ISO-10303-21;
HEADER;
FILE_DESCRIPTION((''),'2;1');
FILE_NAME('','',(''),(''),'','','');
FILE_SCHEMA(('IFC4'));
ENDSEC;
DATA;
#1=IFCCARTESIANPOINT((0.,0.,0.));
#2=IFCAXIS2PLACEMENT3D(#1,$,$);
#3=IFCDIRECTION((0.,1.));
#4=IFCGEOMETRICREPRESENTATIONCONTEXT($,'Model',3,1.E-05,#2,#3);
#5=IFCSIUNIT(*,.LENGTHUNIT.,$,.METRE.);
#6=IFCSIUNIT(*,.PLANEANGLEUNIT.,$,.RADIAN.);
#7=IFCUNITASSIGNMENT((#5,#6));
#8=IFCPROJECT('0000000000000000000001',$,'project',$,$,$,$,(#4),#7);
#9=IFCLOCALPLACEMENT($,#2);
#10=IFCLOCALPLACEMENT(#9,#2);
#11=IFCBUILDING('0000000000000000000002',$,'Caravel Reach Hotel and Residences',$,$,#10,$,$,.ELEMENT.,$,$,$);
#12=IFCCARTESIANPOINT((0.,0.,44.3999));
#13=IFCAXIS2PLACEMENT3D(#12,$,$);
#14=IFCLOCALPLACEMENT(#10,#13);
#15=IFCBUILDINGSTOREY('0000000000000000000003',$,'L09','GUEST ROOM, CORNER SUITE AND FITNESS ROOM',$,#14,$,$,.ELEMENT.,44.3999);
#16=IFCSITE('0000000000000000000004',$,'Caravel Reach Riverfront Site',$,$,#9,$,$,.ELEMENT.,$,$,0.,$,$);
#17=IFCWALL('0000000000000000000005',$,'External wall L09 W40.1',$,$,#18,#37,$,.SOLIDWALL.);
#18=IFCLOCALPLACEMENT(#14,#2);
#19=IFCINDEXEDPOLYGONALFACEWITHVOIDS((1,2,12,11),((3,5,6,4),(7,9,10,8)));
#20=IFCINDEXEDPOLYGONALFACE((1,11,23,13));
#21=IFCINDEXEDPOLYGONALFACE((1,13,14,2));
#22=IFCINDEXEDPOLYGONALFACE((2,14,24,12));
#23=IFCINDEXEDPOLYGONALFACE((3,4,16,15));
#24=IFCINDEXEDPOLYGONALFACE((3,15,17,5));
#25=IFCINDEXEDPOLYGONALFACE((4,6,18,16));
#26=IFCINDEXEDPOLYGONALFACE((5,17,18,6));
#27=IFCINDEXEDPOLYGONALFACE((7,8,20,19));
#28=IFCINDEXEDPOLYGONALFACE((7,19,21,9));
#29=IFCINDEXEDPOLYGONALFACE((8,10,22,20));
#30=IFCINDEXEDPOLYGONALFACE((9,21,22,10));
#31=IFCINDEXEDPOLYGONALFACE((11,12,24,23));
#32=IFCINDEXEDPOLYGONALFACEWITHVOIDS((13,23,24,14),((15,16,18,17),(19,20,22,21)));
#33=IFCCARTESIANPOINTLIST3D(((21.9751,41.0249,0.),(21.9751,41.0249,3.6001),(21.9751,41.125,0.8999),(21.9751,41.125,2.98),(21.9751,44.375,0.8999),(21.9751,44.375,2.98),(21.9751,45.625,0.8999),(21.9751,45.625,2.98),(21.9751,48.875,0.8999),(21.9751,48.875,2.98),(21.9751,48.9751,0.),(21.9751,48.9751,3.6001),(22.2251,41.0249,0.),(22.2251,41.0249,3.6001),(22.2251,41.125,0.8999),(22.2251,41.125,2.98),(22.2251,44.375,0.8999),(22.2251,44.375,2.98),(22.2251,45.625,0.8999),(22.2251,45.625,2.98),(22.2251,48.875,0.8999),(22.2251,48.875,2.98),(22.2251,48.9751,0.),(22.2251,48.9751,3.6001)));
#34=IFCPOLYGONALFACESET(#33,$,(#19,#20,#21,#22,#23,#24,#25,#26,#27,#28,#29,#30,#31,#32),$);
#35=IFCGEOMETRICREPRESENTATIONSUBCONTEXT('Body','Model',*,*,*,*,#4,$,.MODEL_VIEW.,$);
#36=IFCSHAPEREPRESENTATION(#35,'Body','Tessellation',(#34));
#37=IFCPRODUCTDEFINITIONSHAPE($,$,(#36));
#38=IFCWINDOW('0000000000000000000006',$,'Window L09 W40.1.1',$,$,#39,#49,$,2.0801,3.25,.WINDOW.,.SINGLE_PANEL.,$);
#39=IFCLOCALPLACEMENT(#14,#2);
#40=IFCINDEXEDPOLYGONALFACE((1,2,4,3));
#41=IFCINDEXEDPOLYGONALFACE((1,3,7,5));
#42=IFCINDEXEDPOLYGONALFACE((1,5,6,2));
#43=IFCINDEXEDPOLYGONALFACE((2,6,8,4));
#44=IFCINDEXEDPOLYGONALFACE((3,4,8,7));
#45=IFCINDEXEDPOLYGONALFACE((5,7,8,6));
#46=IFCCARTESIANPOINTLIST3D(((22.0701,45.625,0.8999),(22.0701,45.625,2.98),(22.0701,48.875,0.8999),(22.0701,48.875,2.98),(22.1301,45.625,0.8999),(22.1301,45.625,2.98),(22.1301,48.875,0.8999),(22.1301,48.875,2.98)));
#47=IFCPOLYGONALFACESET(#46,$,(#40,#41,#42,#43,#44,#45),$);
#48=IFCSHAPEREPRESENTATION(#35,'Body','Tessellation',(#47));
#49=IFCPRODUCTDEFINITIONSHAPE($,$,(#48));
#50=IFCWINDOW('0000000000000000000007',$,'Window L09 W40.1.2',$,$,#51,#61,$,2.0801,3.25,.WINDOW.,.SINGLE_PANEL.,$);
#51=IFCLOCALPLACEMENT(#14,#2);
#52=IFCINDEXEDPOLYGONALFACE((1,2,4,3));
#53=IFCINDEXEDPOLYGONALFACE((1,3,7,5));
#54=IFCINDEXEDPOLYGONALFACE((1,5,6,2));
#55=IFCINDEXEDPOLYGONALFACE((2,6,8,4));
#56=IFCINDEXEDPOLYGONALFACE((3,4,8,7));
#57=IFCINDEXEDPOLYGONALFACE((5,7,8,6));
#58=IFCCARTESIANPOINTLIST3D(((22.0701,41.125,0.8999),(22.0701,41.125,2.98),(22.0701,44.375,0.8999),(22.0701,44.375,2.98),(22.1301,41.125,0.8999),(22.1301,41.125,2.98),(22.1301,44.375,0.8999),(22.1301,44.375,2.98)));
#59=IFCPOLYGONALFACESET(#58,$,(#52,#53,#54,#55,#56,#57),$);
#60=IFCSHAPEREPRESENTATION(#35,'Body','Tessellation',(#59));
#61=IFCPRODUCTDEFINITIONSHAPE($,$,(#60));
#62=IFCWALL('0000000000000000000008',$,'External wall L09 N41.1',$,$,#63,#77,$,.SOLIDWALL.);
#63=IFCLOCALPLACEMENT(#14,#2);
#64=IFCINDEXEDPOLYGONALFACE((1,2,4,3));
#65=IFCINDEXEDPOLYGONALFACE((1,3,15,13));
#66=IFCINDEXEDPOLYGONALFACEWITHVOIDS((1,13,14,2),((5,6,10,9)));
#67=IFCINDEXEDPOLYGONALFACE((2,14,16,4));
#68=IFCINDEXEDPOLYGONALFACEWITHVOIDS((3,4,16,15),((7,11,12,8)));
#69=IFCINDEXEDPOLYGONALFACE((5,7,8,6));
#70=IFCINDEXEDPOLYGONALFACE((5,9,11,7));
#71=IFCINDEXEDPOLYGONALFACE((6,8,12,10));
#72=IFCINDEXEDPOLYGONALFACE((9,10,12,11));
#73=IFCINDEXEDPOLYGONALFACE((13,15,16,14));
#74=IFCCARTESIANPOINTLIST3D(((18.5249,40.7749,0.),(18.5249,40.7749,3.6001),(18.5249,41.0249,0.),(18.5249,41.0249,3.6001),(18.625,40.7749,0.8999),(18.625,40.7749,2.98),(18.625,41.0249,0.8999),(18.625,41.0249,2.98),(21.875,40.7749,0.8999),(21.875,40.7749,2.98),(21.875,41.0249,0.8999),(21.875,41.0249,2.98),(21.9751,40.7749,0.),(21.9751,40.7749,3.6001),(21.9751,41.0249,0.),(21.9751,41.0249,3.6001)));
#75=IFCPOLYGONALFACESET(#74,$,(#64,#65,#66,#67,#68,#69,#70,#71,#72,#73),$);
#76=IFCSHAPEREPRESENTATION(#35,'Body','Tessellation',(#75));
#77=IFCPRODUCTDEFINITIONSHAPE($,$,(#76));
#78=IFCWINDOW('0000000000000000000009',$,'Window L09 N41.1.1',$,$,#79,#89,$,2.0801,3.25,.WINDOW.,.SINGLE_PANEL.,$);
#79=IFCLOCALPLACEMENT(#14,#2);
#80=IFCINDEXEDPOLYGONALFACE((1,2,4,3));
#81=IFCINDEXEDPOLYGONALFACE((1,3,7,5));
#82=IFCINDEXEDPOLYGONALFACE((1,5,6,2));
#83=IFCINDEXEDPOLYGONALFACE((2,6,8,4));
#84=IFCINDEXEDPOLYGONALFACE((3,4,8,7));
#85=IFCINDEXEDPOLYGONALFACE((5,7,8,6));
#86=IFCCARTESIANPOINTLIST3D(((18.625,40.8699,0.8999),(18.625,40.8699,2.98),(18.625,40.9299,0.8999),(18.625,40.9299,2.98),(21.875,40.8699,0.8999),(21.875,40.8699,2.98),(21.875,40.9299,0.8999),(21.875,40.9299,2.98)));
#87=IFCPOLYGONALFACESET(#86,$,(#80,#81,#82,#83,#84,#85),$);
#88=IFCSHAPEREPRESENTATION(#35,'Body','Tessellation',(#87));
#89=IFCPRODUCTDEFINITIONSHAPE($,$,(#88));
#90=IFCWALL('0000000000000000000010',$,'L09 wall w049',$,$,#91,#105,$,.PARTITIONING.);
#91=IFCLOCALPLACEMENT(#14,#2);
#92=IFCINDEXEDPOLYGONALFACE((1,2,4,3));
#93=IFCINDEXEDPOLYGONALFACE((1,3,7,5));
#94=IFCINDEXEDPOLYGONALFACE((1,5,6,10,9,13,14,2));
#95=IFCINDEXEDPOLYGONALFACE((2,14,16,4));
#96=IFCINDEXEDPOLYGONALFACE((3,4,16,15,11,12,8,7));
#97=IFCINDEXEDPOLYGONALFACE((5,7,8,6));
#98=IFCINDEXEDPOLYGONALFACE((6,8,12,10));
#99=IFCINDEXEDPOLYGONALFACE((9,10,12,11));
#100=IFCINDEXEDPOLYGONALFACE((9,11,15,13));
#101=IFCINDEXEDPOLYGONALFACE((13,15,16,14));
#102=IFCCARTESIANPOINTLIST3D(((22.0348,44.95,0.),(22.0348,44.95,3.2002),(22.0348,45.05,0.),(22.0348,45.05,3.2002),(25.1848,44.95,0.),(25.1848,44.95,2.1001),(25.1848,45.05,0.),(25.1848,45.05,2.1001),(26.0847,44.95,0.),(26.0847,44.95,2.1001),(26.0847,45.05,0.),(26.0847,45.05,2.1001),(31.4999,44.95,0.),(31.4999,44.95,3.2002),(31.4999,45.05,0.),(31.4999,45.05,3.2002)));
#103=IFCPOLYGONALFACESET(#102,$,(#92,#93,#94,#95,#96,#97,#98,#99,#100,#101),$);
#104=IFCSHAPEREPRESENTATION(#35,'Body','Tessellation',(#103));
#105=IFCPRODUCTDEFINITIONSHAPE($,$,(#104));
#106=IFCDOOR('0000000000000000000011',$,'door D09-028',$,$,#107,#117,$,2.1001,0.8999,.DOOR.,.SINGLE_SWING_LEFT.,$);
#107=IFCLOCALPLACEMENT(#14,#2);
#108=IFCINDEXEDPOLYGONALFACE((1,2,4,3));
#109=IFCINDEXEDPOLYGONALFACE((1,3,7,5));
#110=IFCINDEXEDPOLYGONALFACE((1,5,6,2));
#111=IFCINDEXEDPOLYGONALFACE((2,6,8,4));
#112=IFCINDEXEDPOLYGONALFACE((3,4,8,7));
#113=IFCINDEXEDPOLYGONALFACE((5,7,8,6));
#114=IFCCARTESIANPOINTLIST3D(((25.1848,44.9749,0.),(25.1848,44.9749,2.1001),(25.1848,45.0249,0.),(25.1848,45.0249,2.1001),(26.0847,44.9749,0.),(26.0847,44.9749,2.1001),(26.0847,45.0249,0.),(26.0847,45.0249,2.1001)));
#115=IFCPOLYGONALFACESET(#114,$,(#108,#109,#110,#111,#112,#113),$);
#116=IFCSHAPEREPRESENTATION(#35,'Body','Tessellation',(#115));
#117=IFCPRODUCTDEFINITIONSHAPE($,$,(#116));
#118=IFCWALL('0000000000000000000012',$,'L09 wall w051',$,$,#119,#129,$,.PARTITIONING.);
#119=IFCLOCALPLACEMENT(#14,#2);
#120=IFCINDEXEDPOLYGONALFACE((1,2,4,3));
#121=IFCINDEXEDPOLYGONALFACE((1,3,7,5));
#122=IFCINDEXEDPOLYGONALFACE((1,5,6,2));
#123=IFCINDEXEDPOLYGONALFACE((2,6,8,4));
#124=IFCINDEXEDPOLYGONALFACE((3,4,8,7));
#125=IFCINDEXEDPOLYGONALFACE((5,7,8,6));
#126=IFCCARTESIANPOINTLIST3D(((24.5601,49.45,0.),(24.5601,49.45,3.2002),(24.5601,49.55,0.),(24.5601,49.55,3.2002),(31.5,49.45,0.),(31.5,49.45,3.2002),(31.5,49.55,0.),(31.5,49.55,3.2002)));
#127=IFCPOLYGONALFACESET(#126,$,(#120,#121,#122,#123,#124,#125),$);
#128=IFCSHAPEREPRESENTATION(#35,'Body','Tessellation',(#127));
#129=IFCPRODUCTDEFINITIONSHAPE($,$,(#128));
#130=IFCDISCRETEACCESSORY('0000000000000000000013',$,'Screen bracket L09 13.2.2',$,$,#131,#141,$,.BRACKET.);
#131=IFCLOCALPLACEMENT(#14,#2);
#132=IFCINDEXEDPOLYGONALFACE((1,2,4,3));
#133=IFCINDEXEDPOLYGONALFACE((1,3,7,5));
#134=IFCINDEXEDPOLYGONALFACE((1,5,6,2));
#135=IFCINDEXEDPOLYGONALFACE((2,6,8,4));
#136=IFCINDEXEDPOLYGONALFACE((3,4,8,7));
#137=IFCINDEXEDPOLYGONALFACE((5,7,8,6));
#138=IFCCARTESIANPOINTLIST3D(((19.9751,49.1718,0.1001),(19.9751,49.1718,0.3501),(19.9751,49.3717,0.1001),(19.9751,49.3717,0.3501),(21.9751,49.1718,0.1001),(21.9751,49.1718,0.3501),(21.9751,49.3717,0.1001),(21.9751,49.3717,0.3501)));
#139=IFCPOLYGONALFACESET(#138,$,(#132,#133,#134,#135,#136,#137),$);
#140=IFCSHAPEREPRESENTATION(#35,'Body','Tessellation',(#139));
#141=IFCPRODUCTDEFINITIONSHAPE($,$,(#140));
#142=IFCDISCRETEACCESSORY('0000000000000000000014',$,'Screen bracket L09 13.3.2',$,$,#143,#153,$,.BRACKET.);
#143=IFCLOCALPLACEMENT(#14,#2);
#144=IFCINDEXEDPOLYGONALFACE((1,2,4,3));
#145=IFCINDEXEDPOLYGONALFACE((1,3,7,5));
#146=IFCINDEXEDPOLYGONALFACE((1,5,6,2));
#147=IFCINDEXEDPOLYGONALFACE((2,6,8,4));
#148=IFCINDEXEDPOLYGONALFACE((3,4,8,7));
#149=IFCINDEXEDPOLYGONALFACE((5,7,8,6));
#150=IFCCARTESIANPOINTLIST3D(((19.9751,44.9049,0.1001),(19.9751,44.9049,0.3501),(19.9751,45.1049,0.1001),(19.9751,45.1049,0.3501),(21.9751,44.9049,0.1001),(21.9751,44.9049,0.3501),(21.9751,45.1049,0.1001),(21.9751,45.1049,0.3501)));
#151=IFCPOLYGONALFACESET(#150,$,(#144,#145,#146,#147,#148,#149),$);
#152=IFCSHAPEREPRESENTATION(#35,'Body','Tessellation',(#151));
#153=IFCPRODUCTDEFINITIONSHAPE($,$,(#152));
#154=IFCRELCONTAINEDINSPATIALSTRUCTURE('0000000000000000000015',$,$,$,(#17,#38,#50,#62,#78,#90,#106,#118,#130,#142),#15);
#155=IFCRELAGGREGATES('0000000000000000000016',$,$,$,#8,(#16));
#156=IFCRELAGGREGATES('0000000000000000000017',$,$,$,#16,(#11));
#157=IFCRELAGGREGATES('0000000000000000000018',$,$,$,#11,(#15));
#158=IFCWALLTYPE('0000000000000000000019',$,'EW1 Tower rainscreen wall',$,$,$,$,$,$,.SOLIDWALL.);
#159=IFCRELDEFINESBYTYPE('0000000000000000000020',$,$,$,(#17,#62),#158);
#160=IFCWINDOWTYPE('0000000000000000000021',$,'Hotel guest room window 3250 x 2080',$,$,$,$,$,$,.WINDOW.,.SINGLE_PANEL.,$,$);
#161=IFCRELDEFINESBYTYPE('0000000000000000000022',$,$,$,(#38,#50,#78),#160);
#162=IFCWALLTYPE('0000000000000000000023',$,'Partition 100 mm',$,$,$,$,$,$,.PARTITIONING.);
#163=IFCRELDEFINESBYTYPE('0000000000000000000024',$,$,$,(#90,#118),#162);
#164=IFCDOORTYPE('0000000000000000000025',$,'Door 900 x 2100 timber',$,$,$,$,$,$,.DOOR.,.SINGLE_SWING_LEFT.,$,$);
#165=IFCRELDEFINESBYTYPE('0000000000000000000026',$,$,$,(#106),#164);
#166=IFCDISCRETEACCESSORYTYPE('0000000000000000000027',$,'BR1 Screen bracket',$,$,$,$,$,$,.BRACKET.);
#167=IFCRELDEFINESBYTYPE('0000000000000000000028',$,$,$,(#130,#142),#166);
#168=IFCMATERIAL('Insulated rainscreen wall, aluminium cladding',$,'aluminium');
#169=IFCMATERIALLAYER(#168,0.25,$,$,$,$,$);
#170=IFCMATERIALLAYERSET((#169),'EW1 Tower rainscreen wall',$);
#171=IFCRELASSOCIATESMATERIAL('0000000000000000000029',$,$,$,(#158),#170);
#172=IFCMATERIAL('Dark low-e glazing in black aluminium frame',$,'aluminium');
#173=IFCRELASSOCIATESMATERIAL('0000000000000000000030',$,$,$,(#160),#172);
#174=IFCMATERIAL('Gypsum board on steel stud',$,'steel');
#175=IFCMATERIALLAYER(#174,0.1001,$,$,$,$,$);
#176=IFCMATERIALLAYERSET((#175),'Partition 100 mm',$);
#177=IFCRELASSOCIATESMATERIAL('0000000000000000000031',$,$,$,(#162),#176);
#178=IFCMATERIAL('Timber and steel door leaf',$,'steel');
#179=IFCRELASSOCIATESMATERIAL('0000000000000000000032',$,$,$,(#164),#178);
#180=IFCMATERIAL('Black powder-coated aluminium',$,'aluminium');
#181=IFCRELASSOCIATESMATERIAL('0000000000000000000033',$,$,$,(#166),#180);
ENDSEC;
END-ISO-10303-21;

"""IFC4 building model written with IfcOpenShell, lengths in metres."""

from ifc_helpers import new_model, si_unit, direction, frame, frame_2d, origin, origin_2d, place, context, subcontext, project, spatial, rectangle, extrude, material, layer, layer_set, type_object, element, fill, save


model = new_model("IFC4")

# Units and contexts
model_context = context("Model", 3, precision=1e-05, world=origin(), true_north=direction((0.0, 1.0)))
body_context = subcontext(model_context, "Body", "Model", "MODEL_VIEW")
ifc_project = project(units=[si_unit("LENGTHUNIT", "METRE"), si_unit("PLANEANGLEUNIT", "RADIAN")], contexts=[model_context])

# Site, building, storey
site_placement = place(None, origin())
site = spatial("IfcSite", under=ifc_project, at=site_placement, Name="Caravel Reach Riverfront Site", CompositionType="ELEMENT", RefElevation=0.0)
building_placement = place(site_placement, origin())
building = spatial("IfcBuilding", under=site, at=building_placement, Name="Caravel Reach Hotel and Residences", CompositionType="ELEMENT")
storey_placement = place(building_placement, frame((0.0, 0.0, 44.3999)))
storey = spatial("IfcBuildingStorey", under=building, at=storey_placement, Name="L09", Description="GUEST ROOM, CORNER SUITE AND FITNESS ROOM", CompositionType="ELEMENT", Elevation=44.3999)

# Wall, openings, windows
ifc_material_1 = material(Name="Insulated rainscreen wall, aluminium cladding", Category="aluminium")
ifc_layer_1 = layer(ifc_material_1, 0.25)
ifc_layer_set_1 = layer_set([ifc_layer_1], Name="EW1 Tower rainscreen wall")
wall_type_1 = type_object("IfcWallType", Name="EW1 Tower rainscreen wall", PredefinedType="SOLIDWALL", material=ifc_layer_set_1)
wall_1_placement = place(storey_placement, frame((22.1001, 48.9751, 0.0), z_axis=(0.0, 0.0, 1.0), x_axis=(0.0, -1.0, 0.0)))
wall_1 = element("IfcWall", 1, at=wall_1_placement, inside=storey, type_object=wall_type_1, Name="External wall L09 W40.1", PredefinedType="SOLIDWALL", context=body_context, shape_type="SweptSolid", body=[
    extrude(rectangle(XDim=7.9502, YDim=0.25, at=frame_2d((3.9751, 0.0))), origin(), (0.0, 0.0, 1.0), 3.6001),
])
opening_1_placement = place(wall_1_placement, frame((0.1001, 0.0, 0.8999)))
opening_1 = element("IfcOpeningElement", 2, at=opening_1_placement, cuts=wall_1, PredefinedType="OPENING", context=body_context, shape_type="SweptSolid", body=[
    extrude(rectangle(XDim=3.25, YDim=2.0801, at=frame_2d((1.625, 1.04))), frame((0.0, 0.135, 0.0), z_axis=(0.0, -1.0, 0.0), x_axis=(1.0, 0.0, 0.0)), (0.0, 0.0, 1.0), 0.27),
])
opening_2_placement = place(wall_1_placement, frame((4.6001, 0.0, 0.8999)))
opening_2 = element("IfcOpeningElement", 3, at=opening_2_placement, cuts=wall_1, PredefinedType="OPENING", context=body_context, shape_type="SweptSolid", body=[
    extrude(rectangle(XDim=3.25, YDim=2.0801, at=frame_2d((1.625, 1.04))), frame((0.0, 0.135, 0.0), z_axis=(0.0, -1.0, 0.0), x_axis=(1.0, 0.0, 0.0)), (0.0, 0.0, 1.0), 0.27),
])
ifc_material_2 = material(Name="Dark low-e glazing in black aluminium frame", Category="aluminium")
window_type = type_object("IfcWindowType", Name="Hotel guest room window 3250 x 2080", PartitioningType="SINGLE_PANEL", PredefinedType="WINDOW", material=ifc_material_2)
window_1_placement = place(opening_1_placement, origin())
window_1 = element("IfcWindow", 4, at=window_1_placement, inside=storey, type_object=window_type, Name="Window L09 W40.1.1", OverallHeight=2.0801, OverallWidth=3.25, PartitioningType="SINGLE_PANEL", PredefinedType="WINDOW", context=body_context, shape_type="SweptSolid", body=[
    extrude(rectangle(XDim=3.25, YDim=2.0801, at=frame_2d((1.625, 1.04))), frame((0.0, 0.03, 0.0), z_axis=(0.0, -1.0, 0.0), x_axis=(1.0, 0.0, 0.0)), (0.0, 0.0, 1.0), 0.0601),
])
fill(opening_1, window_1)
window_2_placement = place(opening_2_placement, origin())
window_2 = element("IfcWindow", 5, at=window_2_placement, inside=storey, type_object=window_type, Name="Window L09 W40.1.2", OverallHeight=2.0801, OverallWidth=3.25, PartitioningType="SINGLE_PANEL", PredefinedType="WINDOW", context=body_context, shape_type="SweptSolid", body=[
    extrude(rectangle(XDim=3.25, YDim=2.0801, at=frame_2d((1.625, 1.04))), frame((0.0, 0.03, 0.0), z_axis=(0.0, -1.0, 0.0), x_axis=(1.0, 0.0, 0.0)), (0.0, 0.0, 1.0), 0.0601),
])
fill(opening_2, window_2)

# Wall, opening, window
wall_2_placement = place(storey_placement, frame((21.9751, 40.8999, 0.0), z_axis=(0.0, 0.0, 1.0), x_axis=(-1.0, 0.0, 0.0)))
wall_2 = element("IfcWall", 6, at=wall_2_placement, inside=storey, type_object=wall_type_1, Name="External wall L09 N41.1", PredefinedType="SOLIDWALL", context=body_context, shape_type="SweptSolid", body=[
    extrude(rectangle(XDim=3.4502, YDim=0.25, at=frame_2d((1.7251, 0.0))), origin(), (0.0, 0.0, 1.0), 3.6001),
])
opening_3_placement = place(wall_2_placement, frame((0.1001, 0.0, 0.8999)))
opening_3 = element("IfcOpeningElement", 7, at=opening_3_placement, cuts=wall_2, PredefinedType="OPENING", context=body_context, shape_type="SweptSolid", body=[
    extrude(rectangle(XDim=3.25, YDim=2.0801, at=frame_2d((1.625, 1.04))), frame((0.0, 0.135, 0.0), z_axis=(0.0, -1.0, 0.0), x_axis=(1.0, 0.0, 0.0)), (0.0, 0.0, 1.0), 0.27),
])
window_3_placement = place(opening_3_placement, origin())
window_3 = element("IfcWindow", 8, at=window_3_placement, inside=storey, type_object=window_type, Name="Window L09 N41.1.1", OverallHeight=2.0801, OverallWidth=3.25, PartitioningType="SINGLE_PANEL", PredefinedType="WINDOW", context=body_context, shape_type="SweptSolid", body=[
    extrude(rectangle(XDim=3.25, YDim=2.0801, at=frame_2d((1.625, 1.04))), frame((0.0, 0.03, 0.0), z_axis=(0.0, -1.0, 0.0), x_axis=(1.0, 0.0, 0.0)), (0.0, 0.0, 1.0), 0.0601),
])
fill(opening_3, window_3)

# Wall, opening, door
ifc_material_3 = material(Name="Gypsum board on steel stud", Category="steel")
ifc_layer_2 = layer(ifc_material_3, 0.1001)
ifc_layer_set_2 = layer_set([ifc_layer_2], Name="Partition 100 mm")
wall_type_2 = type_object("IfcWallType", Name="Partition 100 mm", PredefinedType="PARTITIONING", material=ifc_layer_set_2)
wall_3_placement = place(storey_placement, frame((22.0349, 45.0, 0.0), z_axis=(0.0, 0.0, 1.0), x_axis=(1.0, 0.0, 0.0)))
wall_3 = element("IfcWall", 9, at=wall_3_placement, inside=storey, type_object=wall_type_2, Name="L09 wall w049", PredefinedType="PARTITIONING", context=body_context, shape_type="SweptSolid", body=[
    extrude(rectangle(XDim=9.4651, YDim=0.1001, at=frame_2d((4.7324, 0.0))), origin(), (0.0, 0.0, 1.0), 3.2002),
])
opening_4_placement = place(wall_3_placement, frame((3.1499, 0.0, 0.0)))
opening_4 = element("IfcOpeningElement", 10, at=opening_4_placement, cuts=wall_3, PredefinedType="OPENING", context=body_context, shape_type="SweptSolid", body=[
    extrude(rectangle(XDim=0.8999, YDim=2.1001, at=frame_2d((0.45, 1.05))), frame((0.0, 0.0601, 0.0), z_axis=(0.0, -1.0, 0.0), x_axis=(1.0, 0.0, 0.0)), (0.0, 0.0, 1.0), 0.1201),
])
ifc_material_4 = material(Name="Timber and steel door leaf", Category="steel")
door_type_1 = type_object("IfcDoorType", Name="Door 900 x 2100 timber", OperationType="SINGLE_SWING_LEFT", PredefinedType="DOOR", material=ifc_material_4)
door_1_placement = place(opening_4_placement, origin())
door_1 = element("IfcDoor", 11, at=door_1_placement, inside=storey, type_object=door_type_1, Name="door D09-028", OperationType="SINGLE_SWING_LEFT", OverallHeight=2.1001, OverallWidth=0.8999, PredefinedType="DOOR", context=body_context, shape_type="SweptSolid", body=[
    extrude(rectangle(XDim=0.8999, YDim=2.1001, at=frame_2d((0.45, 1.05))), frame((0.0, 0.0249, 0.0), z_axis=(0.0, -1.0, 0.0), x_axis=(1.0, 0.0, 0.0)), (0.0, 0.0, 1.0), 0.05),
])
fill(opening_4, door_1)

# Wall
wall_4_placement = place(storey_placement, frame((24.5601, 49.5, 0.0), z_axis=(0.0, 0.0, 1.0), x_axis=(1.0, 0.0, 0.0)))
element("IfcWall", 12, at=wall_4_placement, inside=storey, type_object=wall_type_2, Name="L09 wall w051", PredefinedType="PARTITIONING", context=body_context, shape_type="SweptSolid", body=[
    extrude(rectangle(XDim=6.9399, YDim=0.1001, at=frame_2d((3.47, 0.0))), origin(), (0.0, 0.0, 1.0), 3.2002),
])

# Discrete accessories
ifc_material_5 = material(Name="Black powder-coated aluminium", Category="aluminium")
discrete_accessory_type = type_object("IfcDiscreteAccessoryType", Name="BR1 Screen bracket", PredefinedType="BRACKET", material=ifc_material_5)
for number, where, z_axis, x_axis, name in (
    (13, (20.9751, 49.2717, 0.1001), (0.0, 0.0, 1.0), (-1.0, 0.0, 0.0), "Screen bracket L09 13.2.2"),
    (14, (20.9751, 45.0049, 0.1001), (0.0, 0.0, 1.0), (-1.0, 0.0, 0.0), "Screen bracket L09 13.3.2"),
):
    element("IfcDiscreteAccessory", number, at=place(storey_placement, frame(where, z_axis=z_axis, x_axis=x_axis)), inside=storey, type_object=discrete_accessory_type, Name=name, PredefinedType="BRACKET", context=body_context, shape_type="SweptSolid", body=[
        extrude(rectangle(XDim=2.0, YDim=0.2, at=origin_2d()), origin(), (0.0, 0.0, 1.0), 0.25),
    ])

save(model, "model.ifc")
